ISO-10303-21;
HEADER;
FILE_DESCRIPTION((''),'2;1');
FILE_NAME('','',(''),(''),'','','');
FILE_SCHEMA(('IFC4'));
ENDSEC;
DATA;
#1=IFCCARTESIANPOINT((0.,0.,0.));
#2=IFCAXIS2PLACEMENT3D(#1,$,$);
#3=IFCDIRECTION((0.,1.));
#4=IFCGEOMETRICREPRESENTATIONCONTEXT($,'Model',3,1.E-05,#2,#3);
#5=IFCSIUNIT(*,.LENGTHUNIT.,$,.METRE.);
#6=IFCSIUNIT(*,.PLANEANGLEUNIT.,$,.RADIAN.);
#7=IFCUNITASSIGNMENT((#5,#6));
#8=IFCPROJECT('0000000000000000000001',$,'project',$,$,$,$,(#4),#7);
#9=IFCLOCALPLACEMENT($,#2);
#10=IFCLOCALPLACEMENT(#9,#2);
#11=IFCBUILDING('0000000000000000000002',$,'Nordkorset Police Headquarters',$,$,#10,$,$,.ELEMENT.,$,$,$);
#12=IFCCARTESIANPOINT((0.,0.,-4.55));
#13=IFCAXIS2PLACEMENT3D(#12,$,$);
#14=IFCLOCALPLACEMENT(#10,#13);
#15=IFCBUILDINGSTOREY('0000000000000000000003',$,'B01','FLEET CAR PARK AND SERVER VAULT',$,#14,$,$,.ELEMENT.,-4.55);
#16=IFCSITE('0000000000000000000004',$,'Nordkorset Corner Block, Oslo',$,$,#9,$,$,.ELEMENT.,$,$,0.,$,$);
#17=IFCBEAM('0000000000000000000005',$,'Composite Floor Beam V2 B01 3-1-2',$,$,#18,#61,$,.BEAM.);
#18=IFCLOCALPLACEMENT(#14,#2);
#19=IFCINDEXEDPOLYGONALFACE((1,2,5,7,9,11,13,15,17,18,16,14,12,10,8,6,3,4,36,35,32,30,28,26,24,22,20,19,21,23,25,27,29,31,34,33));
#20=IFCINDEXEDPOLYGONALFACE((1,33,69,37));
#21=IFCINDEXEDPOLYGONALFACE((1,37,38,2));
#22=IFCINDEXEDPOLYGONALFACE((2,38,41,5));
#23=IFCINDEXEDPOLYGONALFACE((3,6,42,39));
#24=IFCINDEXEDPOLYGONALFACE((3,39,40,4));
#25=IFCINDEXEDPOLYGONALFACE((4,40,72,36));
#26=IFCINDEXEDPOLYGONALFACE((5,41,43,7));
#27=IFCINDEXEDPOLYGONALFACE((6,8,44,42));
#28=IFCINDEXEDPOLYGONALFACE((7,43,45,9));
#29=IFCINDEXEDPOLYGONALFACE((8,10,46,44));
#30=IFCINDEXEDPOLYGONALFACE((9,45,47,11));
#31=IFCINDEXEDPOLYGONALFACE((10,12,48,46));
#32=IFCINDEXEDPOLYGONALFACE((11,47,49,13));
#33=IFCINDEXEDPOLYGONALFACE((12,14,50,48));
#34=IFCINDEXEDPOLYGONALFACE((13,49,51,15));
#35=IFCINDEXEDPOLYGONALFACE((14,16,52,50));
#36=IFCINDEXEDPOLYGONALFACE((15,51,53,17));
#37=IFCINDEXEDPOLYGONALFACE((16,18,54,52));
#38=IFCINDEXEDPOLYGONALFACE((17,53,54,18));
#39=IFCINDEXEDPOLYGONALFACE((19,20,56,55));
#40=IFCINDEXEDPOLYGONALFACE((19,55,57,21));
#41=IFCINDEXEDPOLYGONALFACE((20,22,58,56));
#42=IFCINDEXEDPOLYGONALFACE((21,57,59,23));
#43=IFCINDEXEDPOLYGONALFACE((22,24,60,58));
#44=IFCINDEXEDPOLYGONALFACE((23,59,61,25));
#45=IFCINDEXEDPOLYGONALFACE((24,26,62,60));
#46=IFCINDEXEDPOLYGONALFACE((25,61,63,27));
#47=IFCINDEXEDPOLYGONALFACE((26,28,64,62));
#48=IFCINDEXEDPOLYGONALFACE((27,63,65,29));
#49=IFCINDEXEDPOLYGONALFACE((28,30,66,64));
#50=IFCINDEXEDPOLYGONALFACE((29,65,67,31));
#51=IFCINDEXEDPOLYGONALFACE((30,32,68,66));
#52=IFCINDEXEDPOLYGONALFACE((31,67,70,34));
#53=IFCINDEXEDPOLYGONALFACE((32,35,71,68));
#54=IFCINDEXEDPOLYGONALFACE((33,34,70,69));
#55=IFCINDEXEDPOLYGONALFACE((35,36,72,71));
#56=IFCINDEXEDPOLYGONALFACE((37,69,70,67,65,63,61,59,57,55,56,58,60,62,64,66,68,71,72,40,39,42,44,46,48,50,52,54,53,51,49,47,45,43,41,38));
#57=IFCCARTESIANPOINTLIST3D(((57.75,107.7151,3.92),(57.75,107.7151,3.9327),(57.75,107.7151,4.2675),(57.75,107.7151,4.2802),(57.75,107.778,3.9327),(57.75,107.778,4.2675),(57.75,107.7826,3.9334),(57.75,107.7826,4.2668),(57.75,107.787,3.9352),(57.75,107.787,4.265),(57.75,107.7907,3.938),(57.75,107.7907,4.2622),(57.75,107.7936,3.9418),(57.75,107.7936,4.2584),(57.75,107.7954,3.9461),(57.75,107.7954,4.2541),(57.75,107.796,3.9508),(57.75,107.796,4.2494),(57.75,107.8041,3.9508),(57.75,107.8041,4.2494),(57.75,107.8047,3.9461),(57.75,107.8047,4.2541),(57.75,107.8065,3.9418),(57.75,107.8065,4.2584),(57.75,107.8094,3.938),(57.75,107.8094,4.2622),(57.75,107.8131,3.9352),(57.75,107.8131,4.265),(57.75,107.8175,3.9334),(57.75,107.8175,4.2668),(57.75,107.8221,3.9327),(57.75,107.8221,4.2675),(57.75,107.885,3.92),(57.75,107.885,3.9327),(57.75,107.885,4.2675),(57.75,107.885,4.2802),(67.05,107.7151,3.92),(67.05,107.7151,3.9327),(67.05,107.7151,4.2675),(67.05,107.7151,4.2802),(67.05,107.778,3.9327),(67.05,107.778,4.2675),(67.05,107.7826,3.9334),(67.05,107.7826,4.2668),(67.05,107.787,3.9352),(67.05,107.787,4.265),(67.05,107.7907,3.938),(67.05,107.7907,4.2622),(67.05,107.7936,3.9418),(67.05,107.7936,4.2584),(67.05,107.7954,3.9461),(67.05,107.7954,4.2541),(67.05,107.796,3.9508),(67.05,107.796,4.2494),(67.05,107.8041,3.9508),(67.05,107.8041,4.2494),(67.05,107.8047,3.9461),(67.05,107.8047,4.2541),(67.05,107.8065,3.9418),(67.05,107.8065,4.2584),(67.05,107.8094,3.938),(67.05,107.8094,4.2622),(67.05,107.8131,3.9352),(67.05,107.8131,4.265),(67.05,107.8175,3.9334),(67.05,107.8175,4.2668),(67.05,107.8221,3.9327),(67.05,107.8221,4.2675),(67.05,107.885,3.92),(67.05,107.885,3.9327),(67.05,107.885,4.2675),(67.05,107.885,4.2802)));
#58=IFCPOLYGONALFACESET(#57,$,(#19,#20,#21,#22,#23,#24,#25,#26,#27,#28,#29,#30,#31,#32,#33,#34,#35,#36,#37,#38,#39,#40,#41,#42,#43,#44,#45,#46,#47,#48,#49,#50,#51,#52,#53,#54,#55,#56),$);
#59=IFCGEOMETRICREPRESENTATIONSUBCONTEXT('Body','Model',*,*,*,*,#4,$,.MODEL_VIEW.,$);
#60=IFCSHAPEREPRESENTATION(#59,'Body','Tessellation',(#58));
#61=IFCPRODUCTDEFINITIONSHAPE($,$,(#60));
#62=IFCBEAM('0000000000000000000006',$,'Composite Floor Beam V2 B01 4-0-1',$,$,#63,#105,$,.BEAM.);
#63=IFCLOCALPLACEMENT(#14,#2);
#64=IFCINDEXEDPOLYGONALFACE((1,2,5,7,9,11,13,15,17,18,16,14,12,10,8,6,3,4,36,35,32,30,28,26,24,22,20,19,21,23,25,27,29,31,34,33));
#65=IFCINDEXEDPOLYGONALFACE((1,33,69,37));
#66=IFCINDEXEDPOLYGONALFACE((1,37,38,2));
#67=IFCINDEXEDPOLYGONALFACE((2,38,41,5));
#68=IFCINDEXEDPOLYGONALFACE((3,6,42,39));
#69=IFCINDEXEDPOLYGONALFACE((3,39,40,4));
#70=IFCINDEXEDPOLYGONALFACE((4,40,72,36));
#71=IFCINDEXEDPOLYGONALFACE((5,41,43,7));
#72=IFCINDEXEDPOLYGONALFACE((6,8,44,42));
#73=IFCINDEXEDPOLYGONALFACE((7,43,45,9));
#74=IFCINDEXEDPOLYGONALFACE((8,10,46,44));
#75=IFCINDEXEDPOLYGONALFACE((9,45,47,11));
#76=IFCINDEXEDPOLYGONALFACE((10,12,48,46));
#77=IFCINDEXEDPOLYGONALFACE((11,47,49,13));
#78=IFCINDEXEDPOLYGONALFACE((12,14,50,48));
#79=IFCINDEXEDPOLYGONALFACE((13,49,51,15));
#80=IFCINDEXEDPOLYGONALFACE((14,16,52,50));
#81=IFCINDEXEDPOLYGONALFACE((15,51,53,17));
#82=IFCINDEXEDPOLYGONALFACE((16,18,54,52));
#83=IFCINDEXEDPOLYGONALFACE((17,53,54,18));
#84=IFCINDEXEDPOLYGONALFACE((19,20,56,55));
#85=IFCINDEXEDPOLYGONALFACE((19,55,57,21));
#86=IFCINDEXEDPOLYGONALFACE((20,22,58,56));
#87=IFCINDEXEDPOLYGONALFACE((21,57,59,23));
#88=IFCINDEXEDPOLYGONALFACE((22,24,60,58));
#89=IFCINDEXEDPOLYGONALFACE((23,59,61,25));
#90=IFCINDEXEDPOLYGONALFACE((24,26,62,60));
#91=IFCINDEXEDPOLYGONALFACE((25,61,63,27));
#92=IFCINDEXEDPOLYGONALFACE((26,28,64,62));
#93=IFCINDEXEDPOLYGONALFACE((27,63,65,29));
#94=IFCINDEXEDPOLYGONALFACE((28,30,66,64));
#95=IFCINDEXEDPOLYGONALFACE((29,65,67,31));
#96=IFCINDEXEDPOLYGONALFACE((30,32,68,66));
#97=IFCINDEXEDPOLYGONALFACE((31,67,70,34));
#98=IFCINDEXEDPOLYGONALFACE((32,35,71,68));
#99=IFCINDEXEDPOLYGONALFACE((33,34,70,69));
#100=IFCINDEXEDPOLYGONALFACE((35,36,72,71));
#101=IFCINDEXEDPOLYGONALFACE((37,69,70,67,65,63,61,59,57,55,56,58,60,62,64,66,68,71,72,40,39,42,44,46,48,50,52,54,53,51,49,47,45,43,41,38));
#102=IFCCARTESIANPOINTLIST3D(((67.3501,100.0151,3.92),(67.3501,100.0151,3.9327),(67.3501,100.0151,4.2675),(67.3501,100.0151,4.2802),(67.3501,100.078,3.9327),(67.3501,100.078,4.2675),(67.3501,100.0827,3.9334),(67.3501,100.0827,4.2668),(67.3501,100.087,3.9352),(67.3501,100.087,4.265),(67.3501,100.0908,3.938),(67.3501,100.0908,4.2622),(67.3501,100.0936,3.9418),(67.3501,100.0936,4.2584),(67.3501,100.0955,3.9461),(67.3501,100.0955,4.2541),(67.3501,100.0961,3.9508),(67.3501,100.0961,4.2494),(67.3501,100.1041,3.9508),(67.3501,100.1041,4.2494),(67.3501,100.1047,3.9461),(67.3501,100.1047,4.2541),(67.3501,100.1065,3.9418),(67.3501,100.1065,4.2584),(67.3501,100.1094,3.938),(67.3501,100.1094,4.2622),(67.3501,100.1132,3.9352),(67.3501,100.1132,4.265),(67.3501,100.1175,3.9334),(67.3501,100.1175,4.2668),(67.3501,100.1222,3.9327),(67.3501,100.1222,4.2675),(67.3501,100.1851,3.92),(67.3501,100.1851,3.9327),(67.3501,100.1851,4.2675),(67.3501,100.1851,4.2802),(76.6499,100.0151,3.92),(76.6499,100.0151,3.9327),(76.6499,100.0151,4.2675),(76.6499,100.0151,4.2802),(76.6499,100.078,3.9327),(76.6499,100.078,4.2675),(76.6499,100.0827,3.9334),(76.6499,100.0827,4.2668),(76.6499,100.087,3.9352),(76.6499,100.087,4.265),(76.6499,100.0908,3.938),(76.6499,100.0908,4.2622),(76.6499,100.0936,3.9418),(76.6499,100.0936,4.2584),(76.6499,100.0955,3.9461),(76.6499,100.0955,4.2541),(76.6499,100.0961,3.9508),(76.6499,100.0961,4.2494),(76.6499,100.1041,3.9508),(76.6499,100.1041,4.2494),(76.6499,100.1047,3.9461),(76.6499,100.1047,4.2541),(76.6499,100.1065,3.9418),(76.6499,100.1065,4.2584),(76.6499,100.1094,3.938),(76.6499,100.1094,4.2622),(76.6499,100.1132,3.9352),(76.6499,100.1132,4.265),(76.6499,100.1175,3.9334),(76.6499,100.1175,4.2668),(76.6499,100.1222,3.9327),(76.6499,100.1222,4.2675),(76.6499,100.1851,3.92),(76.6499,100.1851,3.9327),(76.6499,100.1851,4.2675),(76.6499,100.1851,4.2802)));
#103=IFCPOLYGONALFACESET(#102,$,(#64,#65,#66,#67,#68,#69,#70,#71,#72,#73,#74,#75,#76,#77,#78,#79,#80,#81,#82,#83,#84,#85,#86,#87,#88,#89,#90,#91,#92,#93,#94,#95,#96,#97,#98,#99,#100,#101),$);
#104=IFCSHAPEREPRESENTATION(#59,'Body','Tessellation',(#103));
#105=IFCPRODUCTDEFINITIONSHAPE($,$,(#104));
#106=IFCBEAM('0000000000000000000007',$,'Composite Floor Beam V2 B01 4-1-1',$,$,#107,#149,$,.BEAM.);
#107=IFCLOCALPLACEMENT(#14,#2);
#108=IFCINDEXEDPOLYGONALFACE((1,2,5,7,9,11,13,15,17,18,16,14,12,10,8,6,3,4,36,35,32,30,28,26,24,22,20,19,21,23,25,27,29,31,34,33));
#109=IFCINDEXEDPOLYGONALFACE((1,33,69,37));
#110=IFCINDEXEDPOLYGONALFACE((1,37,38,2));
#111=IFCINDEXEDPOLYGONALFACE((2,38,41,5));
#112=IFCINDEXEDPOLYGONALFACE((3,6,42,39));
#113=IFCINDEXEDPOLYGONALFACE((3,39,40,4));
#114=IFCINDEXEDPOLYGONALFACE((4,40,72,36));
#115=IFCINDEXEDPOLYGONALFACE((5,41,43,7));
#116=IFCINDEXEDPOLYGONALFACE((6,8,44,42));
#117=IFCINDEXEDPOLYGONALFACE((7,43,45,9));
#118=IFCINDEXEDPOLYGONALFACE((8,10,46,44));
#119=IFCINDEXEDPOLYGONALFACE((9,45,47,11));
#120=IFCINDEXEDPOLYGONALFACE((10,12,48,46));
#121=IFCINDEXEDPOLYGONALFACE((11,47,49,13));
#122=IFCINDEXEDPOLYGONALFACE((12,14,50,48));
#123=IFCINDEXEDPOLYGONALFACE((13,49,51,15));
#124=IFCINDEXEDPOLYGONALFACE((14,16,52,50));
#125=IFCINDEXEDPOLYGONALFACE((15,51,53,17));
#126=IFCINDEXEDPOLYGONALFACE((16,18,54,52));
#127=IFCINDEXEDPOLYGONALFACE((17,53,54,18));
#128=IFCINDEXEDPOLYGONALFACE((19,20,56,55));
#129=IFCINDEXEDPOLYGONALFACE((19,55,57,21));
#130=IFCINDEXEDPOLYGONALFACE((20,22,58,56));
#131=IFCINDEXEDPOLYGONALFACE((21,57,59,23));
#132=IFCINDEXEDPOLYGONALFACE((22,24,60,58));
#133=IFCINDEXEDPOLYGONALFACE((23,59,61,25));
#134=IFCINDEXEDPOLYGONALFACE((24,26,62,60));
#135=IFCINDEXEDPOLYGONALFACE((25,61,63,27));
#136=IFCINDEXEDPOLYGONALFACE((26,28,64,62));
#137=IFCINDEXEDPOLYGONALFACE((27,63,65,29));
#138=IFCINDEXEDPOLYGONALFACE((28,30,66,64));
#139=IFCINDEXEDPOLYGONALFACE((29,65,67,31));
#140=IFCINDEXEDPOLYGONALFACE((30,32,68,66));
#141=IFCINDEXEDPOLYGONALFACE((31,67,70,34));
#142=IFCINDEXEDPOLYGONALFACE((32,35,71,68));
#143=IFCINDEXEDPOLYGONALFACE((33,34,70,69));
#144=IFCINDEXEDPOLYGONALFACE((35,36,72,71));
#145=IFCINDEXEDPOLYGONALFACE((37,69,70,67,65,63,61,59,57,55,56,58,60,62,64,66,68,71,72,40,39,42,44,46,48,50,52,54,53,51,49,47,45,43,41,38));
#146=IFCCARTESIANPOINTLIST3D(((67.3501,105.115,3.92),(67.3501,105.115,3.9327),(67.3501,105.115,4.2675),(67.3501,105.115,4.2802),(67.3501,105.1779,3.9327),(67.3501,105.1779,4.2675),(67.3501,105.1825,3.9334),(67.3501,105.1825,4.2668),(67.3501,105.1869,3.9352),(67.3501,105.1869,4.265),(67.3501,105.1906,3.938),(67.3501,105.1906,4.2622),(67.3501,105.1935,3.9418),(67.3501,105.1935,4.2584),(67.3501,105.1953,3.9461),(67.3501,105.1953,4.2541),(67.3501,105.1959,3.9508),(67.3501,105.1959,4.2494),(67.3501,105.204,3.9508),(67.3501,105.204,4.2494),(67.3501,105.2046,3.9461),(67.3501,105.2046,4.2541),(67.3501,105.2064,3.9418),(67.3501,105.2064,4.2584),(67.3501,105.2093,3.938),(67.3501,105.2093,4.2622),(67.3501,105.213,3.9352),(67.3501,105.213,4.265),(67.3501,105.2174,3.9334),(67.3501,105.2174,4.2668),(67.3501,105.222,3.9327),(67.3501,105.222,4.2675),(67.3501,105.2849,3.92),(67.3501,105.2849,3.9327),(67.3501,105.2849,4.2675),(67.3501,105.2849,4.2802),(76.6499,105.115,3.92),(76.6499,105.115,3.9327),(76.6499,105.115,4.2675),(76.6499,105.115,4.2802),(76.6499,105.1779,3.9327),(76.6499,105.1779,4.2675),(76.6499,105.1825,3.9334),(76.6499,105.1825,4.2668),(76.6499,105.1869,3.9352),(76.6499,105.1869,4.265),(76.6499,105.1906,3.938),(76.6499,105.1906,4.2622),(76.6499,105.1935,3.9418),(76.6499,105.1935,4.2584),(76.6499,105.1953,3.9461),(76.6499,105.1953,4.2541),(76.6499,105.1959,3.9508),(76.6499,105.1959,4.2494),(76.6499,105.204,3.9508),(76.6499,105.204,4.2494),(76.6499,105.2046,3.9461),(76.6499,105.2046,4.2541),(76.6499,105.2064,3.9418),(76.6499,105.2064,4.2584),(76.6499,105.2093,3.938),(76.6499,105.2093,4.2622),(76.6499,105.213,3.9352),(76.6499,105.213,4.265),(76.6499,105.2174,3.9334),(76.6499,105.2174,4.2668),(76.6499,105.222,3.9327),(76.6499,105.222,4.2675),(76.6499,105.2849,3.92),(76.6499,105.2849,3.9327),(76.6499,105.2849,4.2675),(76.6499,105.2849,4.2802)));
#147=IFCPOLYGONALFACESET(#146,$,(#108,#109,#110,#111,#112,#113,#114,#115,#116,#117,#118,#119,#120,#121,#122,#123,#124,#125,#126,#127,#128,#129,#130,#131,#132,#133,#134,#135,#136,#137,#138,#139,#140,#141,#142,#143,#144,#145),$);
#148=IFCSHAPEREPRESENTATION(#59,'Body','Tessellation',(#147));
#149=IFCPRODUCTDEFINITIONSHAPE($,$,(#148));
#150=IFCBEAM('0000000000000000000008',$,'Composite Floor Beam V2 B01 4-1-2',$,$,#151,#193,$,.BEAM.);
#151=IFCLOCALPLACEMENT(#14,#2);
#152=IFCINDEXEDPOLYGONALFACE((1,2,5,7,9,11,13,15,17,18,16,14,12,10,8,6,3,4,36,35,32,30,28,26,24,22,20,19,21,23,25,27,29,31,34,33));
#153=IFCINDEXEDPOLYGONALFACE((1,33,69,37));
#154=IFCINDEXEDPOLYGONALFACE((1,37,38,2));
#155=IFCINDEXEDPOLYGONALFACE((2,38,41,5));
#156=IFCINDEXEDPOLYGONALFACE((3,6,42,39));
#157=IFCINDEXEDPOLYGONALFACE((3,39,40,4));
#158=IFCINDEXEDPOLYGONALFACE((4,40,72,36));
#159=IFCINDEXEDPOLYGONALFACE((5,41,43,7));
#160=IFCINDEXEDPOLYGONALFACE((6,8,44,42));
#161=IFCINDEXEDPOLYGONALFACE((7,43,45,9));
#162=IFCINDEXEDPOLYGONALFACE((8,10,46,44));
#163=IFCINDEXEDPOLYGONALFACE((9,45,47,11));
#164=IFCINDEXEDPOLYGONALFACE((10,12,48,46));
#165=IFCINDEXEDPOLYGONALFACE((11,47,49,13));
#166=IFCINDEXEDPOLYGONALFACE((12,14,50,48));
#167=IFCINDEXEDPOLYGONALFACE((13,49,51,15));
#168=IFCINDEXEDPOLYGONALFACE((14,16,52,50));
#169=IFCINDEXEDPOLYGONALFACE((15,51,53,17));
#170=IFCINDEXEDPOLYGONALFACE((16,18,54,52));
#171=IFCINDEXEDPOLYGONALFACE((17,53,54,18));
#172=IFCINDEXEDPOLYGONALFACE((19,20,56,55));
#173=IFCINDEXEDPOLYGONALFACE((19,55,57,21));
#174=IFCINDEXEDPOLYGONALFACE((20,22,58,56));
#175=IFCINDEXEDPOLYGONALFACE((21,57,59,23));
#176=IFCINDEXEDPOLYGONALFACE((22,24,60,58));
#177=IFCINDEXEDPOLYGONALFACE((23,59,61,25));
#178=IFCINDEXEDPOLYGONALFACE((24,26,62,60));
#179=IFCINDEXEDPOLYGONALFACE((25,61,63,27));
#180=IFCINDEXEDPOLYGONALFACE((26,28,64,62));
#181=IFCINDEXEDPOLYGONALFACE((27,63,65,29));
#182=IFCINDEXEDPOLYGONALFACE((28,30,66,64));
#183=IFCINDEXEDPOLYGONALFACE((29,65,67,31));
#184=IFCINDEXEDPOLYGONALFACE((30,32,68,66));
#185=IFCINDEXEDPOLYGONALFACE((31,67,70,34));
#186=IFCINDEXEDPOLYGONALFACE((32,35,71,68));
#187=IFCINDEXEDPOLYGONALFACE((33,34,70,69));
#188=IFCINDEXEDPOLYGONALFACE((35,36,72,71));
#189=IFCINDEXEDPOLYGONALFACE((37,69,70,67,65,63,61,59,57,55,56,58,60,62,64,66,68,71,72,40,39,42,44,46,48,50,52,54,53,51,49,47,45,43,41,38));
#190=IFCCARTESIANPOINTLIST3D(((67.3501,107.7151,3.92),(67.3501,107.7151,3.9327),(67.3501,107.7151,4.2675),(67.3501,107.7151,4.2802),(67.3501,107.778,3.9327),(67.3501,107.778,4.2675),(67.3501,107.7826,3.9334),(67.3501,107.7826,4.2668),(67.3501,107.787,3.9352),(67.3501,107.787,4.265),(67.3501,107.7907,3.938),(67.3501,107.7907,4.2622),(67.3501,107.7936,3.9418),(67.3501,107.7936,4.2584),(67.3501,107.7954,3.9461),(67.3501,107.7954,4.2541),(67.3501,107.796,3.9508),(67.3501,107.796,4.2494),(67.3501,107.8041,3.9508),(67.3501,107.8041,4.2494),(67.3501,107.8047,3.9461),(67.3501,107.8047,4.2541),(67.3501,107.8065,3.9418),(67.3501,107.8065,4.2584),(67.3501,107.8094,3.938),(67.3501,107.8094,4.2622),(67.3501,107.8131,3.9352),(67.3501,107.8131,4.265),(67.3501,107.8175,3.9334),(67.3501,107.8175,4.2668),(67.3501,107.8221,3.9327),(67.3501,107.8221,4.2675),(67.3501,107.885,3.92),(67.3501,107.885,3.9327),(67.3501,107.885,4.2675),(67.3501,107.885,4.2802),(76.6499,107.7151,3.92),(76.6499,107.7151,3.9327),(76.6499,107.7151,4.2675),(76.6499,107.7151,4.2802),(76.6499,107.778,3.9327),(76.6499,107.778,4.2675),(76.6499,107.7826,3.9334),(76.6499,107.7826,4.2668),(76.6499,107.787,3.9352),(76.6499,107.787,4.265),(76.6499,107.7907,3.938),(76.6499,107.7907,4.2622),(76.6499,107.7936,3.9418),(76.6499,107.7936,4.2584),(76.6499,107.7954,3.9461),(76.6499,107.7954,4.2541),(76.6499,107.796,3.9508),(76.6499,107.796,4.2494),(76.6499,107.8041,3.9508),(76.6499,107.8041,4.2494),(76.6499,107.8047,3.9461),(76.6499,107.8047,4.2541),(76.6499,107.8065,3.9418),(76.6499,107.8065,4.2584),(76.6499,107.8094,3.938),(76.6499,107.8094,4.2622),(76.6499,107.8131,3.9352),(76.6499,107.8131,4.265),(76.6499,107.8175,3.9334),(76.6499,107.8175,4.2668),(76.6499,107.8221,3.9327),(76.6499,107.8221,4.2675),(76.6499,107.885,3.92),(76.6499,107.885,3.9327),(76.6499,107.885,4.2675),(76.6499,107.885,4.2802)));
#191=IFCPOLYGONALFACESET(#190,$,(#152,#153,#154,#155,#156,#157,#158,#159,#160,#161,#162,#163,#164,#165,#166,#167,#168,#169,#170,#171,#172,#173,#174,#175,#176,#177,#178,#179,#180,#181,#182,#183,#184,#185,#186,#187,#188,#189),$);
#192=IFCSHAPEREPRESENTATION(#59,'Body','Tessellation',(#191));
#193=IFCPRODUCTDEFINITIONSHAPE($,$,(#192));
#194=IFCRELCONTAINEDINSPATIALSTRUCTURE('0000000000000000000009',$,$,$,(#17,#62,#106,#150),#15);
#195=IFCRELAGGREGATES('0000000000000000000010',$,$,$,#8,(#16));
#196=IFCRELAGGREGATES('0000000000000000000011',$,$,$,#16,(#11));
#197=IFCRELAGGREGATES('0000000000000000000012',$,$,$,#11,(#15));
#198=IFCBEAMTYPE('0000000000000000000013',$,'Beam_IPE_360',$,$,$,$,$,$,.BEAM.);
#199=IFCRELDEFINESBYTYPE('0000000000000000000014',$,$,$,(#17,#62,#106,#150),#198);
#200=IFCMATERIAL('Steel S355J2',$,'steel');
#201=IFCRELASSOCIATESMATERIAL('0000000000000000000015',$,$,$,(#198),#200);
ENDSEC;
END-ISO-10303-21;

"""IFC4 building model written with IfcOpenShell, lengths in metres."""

from ifc_helpers import new_model, si_unit, direction, frame, origin, origin_2d, place, context, subcontext, project, spatial, i_section, extrude, material, material_profile, profile_set, type_object, element, save


model = new_model("IFC4")

# Units and contexts
model_context = context("Model", 3, precision=1e-05, world=origin(), true_north=direction((0.0, 1.0)))
body_context = subcontext(model_context, "Body", "Model", "MODEL_VIEW")
ifc_project = project(units=[si_unit("LENGTHUNIT", "METRE"), si_unit("PLANEANGLEUNIT", "RADIAN")], contexts=[model_context])

# Site, building, storey
site_placement = place(None, origin())
site = spatial("IfcSite", under=ifc_project, at=site_placement, Name="Nordkorset Corner Block, Oslo", CompositionType="ELEMENT", RefElevation=0.0)
building_placement = place(site_placement, origin())
building = spatial("IfcBuilding", under=site, at=building_placement, Name="Nordkorset Police Headquarters", CompositionType="ELEMENT")
storey_placement = place(building_placement, frame((0.0, 0.0, -4.55)))
storey = spatial("IfcBuildingStorey", under=building, at=storey_placement, Name="B01", Description="FLEET CAR PARK AND SERVER VAULT", CompositionType="ELEMENT", Elevation=-4.55)

# Beams
ifc_material_1 = material(Name="Steel S355J2", Category="steel")
ifc_material_profile_1 = material_profile(ifc_material_1, i_section(OverallWidth=0.1699, OverallDepth=0.3601, WebThickness=0.0081, FlangeThickness=0.0127, FilletRadius=0.0181, at=origin_2d()), Name="IPE 360")
ifc_profile_set_1 = profile_set([ifc_material_profile_1], Name="Steel S355J2")
beam_type_1 = type_object("IfcBeamType", Name="Beam_IPE_360", PredefinedType="BEAM", material=ifc_profile_set_1)
for number, where, z_axis, x_axis, name in (
    (1, (57.75, 107.8, 4.1001), (1.0, 0.0, 0.0), (0.0, 1.0, 0.0), "Composite Floor Beam V2 B01 3-1-2"),
):
    element("IfcBeam", number, at=place(storey_placement, frame(where, z_axis=z_axis, x_axis=x_axis)), inside=storey, type_object=beam_type_1, Name=name, PredefinedType="BEAM", context=body_context, shape_type="SweptSolid", body=[
        extrude(i_section(OverallWidth=0.1699, OverallDepth=0.3601, WebThickness=0.0081, FlangeThickness=0.0127, FilletRadius=0.0181, at=origin_2d()), origin(), (0.0, 0.0, 1.0), 9.3),
    ])
for number, where, z_axis, x_axis, name in (
    (2, (67.3501, 100.1001, 4.1001), (1.0, 0.0, 0.0), (0.0, 1.0, 0.0), "Composite Floor Beam V2 B01 4-0-1"),
    (3, (67.3501, 105.2, 4.1001), (1.0, 0.0, 0.0), (0.0, 1.0, 0.0), "Composite Floor Beam V2 B01 4-1-1"),
    (4, (67.3501, 107.8, 4.1001), (1.0, 0.0, 0.0), (0.0, 1.0, 0.0), "Composite Floor Beam V2 B01 4-1-2"),
):
    element("IfcBeam", number, at=place(storey_placement, frame(where, z_axis=z_axis, x_axis=x_axis)), inside=storey, type_object=beam_type_1, Name=name, PredefinedType="BEAM", context=body_context, shape_type="SweptSolid", body=[
        extrude(i_section(OverallWidth=0.1699, OverallDepth=0.3601, WebThickness=0.0081, FlangeThickness=0.0127, FilletRadius=0.0181, at=origin_2d()), origin(), (0.0, 0.0, 1.0), 9.2998),
    ])

save(model, "model.ifc")
